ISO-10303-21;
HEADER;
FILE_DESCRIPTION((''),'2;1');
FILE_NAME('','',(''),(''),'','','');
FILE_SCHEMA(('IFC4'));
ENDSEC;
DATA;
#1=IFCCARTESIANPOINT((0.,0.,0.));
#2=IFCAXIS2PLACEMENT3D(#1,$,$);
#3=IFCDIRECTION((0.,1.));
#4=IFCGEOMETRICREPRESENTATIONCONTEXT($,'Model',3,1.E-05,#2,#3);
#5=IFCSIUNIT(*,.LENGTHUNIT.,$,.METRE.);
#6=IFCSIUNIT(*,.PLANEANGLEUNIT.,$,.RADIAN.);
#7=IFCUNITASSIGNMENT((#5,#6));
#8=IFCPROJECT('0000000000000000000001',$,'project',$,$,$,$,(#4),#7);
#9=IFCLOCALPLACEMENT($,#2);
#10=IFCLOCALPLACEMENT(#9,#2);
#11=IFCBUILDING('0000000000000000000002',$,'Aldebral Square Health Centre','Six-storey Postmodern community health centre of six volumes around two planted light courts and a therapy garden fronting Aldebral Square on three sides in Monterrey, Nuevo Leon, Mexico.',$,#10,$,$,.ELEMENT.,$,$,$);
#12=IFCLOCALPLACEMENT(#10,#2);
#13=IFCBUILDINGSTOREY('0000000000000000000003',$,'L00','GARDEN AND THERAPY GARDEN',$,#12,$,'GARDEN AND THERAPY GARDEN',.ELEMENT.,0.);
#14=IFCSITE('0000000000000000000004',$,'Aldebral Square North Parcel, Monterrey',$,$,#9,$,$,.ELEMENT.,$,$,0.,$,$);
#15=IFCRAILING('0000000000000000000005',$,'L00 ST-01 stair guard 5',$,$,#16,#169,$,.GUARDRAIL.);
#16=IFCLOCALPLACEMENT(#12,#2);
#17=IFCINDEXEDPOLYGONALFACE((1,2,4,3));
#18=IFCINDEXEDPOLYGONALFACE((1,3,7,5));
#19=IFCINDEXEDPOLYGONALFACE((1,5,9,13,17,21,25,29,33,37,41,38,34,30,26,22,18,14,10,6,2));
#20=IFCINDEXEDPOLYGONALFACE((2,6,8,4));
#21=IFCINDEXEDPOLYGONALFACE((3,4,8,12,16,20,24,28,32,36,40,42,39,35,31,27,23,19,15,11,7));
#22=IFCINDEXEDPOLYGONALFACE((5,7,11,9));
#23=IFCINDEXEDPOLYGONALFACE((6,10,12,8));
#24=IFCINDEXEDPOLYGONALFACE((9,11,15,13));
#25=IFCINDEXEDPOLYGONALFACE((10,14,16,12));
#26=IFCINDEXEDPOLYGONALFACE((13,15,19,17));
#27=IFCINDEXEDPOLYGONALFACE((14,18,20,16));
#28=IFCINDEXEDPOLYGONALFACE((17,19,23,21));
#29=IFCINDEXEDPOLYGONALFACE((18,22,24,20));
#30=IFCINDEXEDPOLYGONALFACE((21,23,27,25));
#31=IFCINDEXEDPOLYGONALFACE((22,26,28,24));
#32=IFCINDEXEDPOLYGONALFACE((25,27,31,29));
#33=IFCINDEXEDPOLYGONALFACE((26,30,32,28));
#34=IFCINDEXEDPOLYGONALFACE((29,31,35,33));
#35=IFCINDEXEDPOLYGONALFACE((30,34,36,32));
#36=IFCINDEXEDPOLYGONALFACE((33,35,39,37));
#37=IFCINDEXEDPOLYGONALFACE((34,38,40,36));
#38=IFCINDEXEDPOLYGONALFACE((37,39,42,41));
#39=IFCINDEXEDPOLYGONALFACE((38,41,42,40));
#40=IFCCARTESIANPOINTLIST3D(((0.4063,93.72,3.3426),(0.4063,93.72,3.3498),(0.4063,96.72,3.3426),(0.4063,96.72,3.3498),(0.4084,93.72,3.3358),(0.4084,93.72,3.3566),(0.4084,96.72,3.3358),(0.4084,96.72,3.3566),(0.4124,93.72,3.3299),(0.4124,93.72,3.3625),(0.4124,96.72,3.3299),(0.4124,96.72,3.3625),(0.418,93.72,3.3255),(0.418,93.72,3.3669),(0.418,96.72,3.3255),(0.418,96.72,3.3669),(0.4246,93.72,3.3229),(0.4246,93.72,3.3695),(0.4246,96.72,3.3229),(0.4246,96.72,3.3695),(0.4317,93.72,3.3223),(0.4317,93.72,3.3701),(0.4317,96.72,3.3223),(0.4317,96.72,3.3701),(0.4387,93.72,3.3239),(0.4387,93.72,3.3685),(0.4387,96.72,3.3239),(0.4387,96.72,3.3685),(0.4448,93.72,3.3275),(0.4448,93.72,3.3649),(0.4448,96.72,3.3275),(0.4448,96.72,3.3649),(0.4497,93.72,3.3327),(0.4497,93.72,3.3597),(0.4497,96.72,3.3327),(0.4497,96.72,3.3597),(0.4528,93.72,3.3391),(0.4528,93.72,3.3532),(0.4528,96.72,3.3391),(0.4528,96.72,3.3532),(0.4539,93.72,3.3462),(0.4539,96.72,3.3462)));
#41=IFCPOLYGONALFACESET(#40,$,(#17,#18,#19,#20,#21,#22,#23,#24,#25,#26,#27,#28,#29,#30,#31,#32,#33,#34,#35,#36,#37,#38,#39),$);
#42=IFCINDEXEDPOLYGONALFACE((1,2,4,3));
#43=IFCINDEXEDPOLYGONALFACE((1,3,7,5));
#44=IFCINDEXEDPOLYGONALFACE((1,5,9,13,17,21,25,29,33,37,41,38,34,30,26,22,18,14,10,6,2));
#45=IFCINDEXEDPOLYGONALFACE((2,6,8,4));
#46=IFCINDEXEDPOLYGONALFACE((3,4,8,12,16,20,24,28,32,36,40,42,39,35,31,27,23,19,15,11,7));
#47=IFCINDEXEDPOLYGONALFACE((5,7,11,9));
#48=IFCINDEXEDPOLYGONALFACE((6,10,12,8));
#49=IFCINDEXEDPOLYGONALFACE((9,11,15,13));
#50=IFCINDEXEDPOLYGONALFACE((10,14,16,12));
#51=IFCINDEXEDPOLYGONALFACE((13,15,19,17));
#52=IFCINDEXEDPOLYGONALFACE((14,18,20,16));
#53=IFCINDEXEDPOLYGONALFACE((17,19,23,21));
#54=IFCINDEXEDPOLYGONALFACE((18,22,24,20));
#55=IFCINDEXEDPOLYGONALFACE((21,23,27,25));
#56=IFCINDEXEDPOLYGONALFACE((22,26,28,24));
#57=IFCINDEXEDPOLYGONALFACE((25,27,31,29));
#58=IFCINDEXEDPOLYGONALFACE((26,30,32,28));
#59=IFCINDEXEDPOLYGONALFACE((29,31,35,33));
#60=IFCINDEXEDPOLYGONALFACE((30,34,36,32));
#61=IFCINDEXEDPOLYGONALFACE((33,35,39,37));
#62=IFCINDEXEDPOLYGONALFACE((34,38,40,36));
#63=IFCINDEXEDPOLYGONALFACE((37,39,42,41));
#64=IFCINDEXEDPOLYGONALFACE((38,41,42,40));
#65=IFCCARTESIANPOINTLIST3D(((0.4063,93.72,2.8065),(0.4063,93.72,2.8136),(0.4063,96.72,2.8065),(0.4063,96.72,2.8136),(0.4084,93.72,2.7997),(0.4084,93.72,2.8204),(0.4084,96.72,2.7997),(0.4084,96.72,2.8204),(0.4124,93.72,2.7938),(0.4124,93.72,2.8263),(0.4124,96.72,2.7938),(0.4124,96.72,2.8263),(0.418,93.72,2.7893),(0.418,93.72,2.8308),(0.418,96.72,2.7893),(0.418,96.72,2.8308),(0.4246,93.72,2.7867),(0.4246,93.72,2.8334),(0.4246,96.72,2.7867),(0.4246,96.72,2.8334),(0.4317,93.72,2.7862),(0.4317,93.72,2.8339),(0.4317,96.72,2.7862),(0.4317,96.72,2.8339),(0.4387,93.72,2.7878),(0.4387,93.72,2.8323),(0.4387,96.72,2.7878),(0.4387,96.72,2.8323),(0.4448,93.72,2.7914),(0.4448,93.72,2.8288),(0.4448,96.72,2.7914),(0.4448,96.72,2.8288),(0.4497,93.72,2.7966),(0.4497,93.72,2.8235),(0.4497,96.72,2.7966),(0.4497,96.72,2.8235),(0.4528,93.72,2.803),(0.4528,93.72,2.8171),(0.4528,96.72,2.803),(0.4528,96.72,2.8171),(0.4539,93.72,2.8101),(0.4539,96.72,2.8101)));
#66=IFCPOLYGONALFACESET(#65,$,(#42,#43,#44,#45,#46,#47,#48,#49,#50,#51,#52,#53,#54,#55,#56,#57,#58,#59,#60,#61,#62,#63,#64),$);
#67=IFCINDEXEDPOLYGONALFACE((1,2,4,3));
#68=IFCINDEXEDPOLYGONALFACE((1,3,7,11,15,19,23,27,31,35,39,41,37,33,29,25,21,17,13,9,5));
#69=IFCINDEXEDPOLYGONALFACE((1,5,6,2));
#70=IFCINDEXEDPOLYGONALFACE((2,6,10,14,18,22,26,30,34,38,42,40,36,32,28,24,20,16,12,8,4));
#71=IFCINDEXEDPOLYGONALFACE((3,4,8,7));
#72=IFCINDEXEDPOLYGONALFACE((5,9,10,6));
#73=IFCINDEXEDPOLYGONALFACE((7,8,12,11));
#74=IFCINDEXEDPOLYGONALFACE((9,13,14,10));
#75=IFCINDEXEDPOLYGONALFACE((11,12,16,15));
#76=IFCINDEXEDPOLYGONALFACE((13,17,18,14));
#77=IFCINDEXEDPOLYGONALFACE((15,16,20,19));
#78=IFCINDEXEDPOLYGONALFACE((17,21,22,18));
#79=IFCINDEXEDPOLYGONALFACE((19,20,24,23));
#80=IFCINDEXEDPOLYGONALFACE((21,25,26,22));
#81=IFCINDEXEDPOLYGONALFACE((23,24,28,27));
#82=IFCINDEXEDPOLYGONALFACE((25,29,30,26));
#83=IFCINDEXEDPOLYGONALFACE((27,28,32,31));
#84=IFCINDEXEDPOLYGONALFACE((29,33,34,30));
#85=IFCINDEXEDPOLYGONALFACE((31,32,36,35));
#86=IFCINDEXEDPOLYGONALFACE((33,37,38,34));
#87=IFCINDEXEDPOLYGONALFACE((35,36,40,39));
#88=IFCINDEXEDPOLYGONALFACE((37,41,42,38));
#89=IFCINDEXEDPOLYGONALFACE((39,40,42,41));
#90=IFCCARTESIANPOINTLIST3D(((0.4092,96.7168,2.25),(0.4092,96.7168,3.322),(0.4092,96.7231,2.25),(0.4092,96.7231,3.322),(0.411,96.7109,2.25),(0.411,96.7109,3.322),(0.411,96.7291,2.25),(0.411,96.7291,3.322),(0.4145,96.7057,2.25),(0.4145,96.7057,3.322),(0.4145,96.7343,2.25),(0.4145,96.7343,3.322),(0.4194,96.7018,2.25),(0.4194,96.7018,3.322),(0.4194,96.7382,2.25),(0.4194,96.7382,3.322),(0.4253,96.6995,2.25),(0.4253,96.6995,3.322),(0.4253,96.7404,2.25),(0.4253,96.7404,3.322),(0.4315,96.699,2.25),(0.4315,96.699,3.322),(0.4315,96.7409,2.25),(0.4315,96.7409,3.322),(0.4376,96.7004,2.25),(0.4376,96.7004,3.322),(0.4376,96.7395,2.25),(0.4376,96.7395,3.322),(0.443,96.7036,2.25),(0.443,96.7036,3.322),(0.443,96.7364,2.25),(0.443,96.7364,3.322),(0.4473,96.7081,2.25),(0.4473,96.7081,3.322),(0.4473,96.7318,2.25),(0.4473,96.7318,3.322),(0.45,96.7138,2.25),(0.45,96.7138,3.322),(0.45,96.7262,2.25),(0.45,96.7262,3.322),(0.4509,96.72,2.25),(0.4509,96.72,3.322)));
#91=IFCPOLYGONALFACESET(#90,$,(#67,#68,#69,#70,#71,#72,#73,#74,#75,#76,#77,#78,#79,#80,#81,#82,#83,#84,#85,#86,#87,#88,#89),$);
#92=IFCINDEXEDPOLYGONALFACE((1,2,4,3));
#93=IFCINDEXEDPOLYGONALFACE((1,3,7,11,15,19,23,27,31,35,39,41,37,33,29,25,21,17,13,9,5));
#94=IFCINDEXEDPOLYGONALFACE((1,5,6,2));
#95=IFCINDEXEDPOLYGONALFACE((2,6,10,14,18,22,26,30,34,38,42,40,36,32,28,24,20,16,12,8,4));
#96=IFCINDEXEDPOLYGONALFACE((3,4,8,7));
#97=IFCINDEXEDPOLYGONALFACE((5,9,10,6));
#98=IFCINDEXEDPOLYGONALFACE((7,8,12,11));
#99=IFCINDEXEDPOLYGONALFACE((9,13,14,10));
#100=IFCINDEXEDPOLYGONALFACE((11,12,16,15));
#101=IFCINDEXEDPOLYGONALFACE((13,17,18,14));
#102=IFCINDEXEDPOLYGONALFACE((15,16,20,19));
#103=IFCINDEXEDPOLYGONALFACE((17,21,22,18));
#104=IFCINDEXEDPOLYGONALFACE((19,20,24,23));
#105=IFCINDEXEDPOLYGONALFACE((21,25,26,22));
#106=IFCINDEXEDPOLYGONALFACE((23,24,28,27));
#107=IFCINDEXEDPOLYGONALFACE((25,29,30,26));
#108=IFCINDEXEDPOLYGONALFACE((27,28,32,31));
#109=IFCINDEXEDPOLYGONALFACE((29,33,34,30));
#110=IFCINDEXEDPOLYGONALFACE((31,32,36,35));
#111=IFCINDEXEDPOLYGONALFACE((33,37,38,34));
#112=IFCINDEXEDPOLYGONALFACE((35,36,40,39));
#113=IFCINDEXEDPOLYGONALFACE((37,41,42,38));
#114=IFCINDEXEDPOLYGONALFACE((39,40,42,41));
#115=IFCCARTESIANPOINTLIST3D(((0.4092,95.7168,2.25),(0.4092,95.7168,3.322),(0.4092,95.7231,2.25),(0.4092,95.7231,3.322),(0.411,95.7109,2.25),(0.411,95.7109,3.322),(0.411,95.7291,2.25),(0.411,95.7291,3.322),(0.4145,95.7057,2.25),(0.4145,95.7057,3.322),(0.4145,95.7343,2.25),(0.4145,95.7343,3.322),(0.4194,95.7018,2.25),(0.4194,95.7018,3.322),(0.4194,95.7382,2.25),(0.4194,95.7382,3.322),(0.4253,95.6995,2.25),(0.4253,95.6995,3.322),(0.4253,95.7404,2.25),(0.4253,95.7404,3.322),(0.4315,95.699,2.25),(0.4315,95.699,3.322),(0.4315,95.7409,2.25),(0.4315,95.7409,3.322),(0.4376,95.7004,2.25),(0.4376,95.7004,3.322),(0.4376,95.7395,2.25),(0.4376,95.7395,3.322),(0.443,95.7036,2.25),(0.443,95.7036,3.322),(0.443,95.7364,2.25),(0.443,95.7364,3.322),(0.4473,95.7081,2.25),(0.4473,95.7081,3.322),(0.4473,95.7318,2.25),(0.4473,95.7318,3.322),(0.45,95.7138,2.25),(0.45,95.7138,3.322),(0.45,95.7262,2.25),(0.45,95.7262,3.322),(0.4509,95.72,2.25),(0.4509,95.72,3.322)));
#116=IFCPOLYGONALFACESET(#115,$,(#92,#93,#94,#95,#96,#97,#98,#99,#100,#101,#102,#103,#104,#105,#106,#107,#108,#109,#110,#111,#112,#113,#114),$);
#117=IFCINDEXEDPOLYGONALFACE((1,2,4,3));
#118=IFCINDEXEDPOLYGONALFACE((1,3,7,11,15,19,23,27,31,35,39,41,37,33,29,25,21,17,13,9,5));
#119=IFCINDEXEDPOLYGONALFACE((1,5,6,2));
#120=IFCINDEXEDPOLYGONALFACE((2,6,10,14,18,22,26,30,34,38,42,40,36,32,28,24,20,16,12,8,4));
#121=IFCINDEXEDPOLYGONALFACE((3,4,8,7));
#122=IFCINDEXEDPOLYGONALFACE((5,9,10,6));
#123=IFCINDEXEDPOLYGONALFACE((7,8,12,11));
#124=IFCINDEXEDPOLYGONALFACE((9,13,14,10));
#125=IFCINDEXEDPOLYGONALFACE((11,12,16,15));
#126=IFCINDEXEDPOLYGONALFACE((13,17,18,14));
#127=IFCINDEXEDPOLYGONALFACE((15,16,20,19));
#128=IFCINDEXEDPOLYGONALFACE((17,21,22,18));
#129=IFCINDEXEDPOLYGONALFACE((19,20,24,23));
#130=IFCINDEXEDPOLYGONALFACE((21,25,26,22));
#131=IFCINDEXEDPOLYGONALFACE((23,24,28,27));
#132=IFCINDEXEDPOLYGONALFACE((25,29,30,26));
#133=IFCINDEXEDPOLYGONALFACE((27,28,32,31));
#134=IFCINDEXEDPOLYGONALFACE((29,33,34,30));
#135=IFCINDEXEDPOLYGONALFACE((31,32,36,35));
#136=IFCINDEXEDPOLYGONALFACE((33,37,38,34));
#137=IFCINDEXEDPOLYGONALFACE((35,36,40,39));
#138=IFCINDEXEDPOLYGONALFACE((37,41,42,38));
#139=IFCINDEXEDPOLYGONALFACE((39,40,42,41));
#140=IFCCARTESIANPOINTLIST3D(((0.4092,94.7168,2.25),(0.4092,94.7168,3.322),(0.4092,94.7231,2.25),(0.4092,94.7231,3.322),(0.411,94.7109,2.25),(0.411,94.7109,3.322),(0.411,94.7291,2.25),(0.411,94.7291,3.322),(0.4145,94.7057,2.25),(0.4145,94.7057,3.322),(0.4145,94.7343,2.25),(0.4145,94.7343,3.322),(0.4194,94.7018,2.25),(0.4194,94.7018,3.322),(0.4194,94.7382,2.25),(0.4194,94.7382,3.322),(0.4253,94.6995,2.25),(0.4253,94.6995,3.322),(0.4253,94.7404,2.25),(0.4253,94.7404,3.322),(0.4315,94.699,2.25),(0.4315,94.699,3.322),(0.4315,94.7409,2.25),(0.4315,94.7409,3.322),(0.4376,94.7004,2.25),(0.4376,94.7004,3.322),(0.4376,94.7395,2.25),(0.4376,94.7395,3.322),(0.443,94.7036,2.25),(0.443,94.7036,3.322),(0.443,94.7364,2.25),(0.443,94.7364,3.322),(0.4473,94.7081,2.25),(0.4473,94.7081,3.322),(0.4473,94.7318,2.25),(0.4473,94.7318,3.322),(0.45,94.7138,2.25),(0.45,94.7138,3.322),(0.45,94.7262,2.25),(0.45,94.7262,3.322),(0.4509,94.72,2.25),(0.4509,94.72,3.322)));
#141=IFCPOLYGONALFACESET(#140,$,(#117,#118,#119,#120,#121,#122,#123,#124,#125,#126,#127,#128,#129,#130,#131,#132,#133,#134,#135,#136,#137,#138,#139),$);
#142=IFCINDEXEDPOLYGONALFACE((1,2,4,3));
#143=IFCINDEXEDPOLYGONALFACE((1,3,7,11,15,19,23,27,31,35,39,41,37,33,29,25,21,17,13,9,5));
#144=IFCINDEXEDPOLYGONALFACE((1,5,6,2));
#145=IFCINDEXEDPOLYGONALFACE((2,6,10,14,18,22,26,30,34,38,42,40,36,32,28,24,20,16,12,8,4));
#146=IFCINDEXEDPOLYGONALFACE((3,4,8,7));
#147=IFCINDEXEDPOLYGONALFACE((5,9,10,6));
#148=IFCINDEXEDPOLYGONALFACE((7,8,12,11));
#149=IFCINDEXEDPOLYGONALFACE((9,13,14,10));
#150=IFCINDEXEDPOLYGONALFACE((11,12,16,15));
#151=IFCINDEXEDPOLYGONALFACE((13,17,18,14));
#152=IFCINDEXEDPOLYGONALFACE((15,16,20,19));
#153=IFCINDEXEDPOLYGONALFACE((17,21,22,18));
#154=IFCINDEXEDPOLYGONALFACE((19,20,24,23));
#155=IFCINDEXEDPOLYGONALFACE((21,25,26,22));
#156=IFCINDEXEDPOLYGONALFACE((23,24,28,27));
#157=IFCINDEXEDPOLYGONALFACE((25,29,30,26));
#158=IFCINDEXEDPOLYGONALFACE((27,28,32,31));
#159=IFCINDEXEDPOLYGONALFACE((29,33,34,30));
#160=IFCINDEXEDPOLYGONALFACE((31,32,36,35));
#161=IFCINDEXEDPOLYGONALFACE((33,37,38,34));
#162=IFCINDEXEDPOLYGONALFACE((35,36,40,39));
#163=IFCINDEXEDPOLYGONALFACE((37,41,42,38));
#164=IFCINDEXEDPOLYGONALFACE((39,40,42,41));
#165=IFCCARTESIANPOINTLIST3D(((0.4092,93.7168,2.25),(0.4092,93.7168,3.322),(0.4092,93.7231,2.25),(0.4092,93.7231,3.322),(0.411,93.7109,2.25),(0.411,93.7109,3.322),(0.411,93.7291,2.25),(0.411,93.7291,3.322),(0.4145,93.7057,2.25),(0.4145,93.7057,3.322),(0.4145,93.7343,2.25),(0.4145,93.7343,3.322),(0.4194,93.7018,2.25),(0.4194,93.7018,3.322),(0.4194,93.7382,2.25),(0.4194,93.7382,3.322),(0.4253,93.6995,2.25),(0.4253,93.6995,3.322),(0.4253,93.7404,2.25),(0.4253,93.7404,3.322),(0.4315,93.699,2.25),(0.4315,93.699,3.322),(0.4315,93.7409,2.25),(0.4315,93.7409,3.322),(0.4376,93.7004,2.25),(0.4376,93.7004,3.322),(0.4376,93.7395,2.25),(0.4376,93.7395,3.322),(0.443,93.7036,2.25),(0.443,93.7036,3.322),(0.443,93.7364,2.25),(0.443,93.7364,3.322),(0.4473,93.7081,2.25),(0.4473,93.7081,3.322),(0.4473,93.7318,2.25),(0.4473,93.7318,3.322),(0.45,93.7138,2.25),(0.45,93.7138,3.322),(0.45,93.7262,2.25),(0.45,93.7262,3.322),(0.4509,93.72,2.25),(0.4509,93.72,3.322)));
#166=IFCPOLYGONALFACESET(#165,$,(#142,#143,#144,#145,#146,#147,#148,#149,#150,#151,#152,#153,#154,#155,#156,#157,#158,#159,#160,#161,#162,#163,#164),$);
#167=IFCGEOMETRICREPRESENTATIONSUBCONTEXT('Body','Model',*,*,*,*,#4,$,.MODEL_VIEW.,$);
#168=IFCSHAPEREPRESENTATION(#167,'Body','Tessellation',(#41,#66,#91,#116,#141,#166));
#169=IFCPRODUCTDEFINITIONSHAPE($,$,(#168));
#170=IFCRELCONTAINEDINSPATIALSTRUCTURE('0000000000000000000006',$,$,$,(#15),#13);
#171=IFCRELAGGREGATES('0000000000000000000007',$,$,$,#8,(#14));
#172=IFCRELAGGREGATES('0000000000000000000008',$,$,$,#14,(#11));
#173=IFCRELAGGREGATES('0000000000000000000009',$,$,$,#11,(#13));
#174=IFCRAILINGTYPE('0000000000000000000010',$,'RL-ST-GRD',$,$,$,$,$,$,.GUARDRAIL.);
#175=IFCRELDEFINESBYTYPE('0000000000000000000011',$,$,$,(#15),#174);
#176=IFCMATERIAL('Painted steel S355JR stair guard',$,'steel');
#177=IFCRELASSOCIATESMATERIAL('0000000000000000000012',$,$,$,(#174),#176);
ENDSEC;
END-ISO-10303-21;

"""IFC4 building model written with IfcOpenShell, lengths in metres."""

from ifc_helpers import new_model, si_unit, direction, frame, origin, origin_2d, place, context, subcontext, project, spatial, circle, extrude, material, type_object, element, save


model = new_model("IFC4")

# Units and contexts
model_context = context("Model", 3, precision=1e-05, world=origin(), true_north=direction((0.0, 1.0)))
body_context = subcontext(model_context, "Body", "Model", "MODEL_VIEW")
ifc_project = project(units=[si_unit("LENGTHUNIT", "METRE"), si_unit("PLANEANGLEUNIT", "RADIAN")], contexts=[model_context])

# Site, building, storey
site_placement = place(None, origin())
site = spatial("IfcSite", under=ifc_project, at=site_placement, Name="Aldebral Square North Parcel, Monterrey", CompositionType="ELEMENT", RefElevation=0.0)
building_placement = place(site_placement, origin())
building = spatial("IfcBuilding", under=site, at=building_placement, Name="Aldebral Square Health Centre", Description="Six-storey Postmodern community health centre of six volumes around two planted light courts and a therapy garden fronting Aldebral Square on three sides in Monterrey, Nuevo Leon, Mexico.", CompositionType="ELEMENT")
storey_placement = place(building_placement, origin())
storey = spatial("IfcBuildingStorey", under=building, at=storey_placement, Name="L00", Description="GARDEN AND THERAPY GARDEN", LongName="GARDEN AND THERAPY GARDEN", CompositionType="ELEMENT", Elevation=0.0)

# Railing
ifc_material_1 = material(Name="Painted steel S355JR stair guard", Category="steel")
railing_type_1 = type_object("IfcRailingType", Name="RL-ST-GRD", PredefinedType="GUARDRAIL", material=ifc_material_1)
railing_1_placement = place(storey_placement, frame((0.4299, 96.72, 2.25)))
element("IfcRailing", 1, at=railing_1_placement, inside=storey, type_object=railing_type_1, Name="L00 ST-01 stair guard 5", PredefinedType="GUARDRAIL", context=body_context, shape_type="SweptSolid", body=[
    extrude(circle(Radius=0.0239, at=origin_2d()), frame((0.0, 0.0, 1.0962), z_axis=(0.0, -1.0, 0.0), x_axis=(1.0, 0.0, 0.0)), (0.0, 0.0, 1.0), 3.0),
    extrude(circle(Radius=0.0239, at=origin_2d()), frame((0.0, 0.0, 0.5601), z_axis=(0.0, -1.0, 0.0), x_axis=(1.0, 0.0, 0.0)), (0.0, 0.0, 1.0), 3.0),
    extrude(circle(Radius=0.021, at=origin_2d()), origin(), (0.0, 0.0, 1.0), 1.072),
    extrude(circle(Radius=0.021, at=origin_2d()), frame((0.0, -1.0, 0.0)), (0.0, 0.0, 1.0), 1.072),
    extrude(circle(Radius=0.021, at=origin_2d()), frame((0.0, -2.0, 0.0)), (0.0, 0.0, 1.0), 1.072),
    extrude(circle(Radius=0.021, at=origin_2d()), frame((0.0, -3.0, 0.0)), (0.0, 0.0, 1.0), 1.072),
])

save(model, "model.ifc")
